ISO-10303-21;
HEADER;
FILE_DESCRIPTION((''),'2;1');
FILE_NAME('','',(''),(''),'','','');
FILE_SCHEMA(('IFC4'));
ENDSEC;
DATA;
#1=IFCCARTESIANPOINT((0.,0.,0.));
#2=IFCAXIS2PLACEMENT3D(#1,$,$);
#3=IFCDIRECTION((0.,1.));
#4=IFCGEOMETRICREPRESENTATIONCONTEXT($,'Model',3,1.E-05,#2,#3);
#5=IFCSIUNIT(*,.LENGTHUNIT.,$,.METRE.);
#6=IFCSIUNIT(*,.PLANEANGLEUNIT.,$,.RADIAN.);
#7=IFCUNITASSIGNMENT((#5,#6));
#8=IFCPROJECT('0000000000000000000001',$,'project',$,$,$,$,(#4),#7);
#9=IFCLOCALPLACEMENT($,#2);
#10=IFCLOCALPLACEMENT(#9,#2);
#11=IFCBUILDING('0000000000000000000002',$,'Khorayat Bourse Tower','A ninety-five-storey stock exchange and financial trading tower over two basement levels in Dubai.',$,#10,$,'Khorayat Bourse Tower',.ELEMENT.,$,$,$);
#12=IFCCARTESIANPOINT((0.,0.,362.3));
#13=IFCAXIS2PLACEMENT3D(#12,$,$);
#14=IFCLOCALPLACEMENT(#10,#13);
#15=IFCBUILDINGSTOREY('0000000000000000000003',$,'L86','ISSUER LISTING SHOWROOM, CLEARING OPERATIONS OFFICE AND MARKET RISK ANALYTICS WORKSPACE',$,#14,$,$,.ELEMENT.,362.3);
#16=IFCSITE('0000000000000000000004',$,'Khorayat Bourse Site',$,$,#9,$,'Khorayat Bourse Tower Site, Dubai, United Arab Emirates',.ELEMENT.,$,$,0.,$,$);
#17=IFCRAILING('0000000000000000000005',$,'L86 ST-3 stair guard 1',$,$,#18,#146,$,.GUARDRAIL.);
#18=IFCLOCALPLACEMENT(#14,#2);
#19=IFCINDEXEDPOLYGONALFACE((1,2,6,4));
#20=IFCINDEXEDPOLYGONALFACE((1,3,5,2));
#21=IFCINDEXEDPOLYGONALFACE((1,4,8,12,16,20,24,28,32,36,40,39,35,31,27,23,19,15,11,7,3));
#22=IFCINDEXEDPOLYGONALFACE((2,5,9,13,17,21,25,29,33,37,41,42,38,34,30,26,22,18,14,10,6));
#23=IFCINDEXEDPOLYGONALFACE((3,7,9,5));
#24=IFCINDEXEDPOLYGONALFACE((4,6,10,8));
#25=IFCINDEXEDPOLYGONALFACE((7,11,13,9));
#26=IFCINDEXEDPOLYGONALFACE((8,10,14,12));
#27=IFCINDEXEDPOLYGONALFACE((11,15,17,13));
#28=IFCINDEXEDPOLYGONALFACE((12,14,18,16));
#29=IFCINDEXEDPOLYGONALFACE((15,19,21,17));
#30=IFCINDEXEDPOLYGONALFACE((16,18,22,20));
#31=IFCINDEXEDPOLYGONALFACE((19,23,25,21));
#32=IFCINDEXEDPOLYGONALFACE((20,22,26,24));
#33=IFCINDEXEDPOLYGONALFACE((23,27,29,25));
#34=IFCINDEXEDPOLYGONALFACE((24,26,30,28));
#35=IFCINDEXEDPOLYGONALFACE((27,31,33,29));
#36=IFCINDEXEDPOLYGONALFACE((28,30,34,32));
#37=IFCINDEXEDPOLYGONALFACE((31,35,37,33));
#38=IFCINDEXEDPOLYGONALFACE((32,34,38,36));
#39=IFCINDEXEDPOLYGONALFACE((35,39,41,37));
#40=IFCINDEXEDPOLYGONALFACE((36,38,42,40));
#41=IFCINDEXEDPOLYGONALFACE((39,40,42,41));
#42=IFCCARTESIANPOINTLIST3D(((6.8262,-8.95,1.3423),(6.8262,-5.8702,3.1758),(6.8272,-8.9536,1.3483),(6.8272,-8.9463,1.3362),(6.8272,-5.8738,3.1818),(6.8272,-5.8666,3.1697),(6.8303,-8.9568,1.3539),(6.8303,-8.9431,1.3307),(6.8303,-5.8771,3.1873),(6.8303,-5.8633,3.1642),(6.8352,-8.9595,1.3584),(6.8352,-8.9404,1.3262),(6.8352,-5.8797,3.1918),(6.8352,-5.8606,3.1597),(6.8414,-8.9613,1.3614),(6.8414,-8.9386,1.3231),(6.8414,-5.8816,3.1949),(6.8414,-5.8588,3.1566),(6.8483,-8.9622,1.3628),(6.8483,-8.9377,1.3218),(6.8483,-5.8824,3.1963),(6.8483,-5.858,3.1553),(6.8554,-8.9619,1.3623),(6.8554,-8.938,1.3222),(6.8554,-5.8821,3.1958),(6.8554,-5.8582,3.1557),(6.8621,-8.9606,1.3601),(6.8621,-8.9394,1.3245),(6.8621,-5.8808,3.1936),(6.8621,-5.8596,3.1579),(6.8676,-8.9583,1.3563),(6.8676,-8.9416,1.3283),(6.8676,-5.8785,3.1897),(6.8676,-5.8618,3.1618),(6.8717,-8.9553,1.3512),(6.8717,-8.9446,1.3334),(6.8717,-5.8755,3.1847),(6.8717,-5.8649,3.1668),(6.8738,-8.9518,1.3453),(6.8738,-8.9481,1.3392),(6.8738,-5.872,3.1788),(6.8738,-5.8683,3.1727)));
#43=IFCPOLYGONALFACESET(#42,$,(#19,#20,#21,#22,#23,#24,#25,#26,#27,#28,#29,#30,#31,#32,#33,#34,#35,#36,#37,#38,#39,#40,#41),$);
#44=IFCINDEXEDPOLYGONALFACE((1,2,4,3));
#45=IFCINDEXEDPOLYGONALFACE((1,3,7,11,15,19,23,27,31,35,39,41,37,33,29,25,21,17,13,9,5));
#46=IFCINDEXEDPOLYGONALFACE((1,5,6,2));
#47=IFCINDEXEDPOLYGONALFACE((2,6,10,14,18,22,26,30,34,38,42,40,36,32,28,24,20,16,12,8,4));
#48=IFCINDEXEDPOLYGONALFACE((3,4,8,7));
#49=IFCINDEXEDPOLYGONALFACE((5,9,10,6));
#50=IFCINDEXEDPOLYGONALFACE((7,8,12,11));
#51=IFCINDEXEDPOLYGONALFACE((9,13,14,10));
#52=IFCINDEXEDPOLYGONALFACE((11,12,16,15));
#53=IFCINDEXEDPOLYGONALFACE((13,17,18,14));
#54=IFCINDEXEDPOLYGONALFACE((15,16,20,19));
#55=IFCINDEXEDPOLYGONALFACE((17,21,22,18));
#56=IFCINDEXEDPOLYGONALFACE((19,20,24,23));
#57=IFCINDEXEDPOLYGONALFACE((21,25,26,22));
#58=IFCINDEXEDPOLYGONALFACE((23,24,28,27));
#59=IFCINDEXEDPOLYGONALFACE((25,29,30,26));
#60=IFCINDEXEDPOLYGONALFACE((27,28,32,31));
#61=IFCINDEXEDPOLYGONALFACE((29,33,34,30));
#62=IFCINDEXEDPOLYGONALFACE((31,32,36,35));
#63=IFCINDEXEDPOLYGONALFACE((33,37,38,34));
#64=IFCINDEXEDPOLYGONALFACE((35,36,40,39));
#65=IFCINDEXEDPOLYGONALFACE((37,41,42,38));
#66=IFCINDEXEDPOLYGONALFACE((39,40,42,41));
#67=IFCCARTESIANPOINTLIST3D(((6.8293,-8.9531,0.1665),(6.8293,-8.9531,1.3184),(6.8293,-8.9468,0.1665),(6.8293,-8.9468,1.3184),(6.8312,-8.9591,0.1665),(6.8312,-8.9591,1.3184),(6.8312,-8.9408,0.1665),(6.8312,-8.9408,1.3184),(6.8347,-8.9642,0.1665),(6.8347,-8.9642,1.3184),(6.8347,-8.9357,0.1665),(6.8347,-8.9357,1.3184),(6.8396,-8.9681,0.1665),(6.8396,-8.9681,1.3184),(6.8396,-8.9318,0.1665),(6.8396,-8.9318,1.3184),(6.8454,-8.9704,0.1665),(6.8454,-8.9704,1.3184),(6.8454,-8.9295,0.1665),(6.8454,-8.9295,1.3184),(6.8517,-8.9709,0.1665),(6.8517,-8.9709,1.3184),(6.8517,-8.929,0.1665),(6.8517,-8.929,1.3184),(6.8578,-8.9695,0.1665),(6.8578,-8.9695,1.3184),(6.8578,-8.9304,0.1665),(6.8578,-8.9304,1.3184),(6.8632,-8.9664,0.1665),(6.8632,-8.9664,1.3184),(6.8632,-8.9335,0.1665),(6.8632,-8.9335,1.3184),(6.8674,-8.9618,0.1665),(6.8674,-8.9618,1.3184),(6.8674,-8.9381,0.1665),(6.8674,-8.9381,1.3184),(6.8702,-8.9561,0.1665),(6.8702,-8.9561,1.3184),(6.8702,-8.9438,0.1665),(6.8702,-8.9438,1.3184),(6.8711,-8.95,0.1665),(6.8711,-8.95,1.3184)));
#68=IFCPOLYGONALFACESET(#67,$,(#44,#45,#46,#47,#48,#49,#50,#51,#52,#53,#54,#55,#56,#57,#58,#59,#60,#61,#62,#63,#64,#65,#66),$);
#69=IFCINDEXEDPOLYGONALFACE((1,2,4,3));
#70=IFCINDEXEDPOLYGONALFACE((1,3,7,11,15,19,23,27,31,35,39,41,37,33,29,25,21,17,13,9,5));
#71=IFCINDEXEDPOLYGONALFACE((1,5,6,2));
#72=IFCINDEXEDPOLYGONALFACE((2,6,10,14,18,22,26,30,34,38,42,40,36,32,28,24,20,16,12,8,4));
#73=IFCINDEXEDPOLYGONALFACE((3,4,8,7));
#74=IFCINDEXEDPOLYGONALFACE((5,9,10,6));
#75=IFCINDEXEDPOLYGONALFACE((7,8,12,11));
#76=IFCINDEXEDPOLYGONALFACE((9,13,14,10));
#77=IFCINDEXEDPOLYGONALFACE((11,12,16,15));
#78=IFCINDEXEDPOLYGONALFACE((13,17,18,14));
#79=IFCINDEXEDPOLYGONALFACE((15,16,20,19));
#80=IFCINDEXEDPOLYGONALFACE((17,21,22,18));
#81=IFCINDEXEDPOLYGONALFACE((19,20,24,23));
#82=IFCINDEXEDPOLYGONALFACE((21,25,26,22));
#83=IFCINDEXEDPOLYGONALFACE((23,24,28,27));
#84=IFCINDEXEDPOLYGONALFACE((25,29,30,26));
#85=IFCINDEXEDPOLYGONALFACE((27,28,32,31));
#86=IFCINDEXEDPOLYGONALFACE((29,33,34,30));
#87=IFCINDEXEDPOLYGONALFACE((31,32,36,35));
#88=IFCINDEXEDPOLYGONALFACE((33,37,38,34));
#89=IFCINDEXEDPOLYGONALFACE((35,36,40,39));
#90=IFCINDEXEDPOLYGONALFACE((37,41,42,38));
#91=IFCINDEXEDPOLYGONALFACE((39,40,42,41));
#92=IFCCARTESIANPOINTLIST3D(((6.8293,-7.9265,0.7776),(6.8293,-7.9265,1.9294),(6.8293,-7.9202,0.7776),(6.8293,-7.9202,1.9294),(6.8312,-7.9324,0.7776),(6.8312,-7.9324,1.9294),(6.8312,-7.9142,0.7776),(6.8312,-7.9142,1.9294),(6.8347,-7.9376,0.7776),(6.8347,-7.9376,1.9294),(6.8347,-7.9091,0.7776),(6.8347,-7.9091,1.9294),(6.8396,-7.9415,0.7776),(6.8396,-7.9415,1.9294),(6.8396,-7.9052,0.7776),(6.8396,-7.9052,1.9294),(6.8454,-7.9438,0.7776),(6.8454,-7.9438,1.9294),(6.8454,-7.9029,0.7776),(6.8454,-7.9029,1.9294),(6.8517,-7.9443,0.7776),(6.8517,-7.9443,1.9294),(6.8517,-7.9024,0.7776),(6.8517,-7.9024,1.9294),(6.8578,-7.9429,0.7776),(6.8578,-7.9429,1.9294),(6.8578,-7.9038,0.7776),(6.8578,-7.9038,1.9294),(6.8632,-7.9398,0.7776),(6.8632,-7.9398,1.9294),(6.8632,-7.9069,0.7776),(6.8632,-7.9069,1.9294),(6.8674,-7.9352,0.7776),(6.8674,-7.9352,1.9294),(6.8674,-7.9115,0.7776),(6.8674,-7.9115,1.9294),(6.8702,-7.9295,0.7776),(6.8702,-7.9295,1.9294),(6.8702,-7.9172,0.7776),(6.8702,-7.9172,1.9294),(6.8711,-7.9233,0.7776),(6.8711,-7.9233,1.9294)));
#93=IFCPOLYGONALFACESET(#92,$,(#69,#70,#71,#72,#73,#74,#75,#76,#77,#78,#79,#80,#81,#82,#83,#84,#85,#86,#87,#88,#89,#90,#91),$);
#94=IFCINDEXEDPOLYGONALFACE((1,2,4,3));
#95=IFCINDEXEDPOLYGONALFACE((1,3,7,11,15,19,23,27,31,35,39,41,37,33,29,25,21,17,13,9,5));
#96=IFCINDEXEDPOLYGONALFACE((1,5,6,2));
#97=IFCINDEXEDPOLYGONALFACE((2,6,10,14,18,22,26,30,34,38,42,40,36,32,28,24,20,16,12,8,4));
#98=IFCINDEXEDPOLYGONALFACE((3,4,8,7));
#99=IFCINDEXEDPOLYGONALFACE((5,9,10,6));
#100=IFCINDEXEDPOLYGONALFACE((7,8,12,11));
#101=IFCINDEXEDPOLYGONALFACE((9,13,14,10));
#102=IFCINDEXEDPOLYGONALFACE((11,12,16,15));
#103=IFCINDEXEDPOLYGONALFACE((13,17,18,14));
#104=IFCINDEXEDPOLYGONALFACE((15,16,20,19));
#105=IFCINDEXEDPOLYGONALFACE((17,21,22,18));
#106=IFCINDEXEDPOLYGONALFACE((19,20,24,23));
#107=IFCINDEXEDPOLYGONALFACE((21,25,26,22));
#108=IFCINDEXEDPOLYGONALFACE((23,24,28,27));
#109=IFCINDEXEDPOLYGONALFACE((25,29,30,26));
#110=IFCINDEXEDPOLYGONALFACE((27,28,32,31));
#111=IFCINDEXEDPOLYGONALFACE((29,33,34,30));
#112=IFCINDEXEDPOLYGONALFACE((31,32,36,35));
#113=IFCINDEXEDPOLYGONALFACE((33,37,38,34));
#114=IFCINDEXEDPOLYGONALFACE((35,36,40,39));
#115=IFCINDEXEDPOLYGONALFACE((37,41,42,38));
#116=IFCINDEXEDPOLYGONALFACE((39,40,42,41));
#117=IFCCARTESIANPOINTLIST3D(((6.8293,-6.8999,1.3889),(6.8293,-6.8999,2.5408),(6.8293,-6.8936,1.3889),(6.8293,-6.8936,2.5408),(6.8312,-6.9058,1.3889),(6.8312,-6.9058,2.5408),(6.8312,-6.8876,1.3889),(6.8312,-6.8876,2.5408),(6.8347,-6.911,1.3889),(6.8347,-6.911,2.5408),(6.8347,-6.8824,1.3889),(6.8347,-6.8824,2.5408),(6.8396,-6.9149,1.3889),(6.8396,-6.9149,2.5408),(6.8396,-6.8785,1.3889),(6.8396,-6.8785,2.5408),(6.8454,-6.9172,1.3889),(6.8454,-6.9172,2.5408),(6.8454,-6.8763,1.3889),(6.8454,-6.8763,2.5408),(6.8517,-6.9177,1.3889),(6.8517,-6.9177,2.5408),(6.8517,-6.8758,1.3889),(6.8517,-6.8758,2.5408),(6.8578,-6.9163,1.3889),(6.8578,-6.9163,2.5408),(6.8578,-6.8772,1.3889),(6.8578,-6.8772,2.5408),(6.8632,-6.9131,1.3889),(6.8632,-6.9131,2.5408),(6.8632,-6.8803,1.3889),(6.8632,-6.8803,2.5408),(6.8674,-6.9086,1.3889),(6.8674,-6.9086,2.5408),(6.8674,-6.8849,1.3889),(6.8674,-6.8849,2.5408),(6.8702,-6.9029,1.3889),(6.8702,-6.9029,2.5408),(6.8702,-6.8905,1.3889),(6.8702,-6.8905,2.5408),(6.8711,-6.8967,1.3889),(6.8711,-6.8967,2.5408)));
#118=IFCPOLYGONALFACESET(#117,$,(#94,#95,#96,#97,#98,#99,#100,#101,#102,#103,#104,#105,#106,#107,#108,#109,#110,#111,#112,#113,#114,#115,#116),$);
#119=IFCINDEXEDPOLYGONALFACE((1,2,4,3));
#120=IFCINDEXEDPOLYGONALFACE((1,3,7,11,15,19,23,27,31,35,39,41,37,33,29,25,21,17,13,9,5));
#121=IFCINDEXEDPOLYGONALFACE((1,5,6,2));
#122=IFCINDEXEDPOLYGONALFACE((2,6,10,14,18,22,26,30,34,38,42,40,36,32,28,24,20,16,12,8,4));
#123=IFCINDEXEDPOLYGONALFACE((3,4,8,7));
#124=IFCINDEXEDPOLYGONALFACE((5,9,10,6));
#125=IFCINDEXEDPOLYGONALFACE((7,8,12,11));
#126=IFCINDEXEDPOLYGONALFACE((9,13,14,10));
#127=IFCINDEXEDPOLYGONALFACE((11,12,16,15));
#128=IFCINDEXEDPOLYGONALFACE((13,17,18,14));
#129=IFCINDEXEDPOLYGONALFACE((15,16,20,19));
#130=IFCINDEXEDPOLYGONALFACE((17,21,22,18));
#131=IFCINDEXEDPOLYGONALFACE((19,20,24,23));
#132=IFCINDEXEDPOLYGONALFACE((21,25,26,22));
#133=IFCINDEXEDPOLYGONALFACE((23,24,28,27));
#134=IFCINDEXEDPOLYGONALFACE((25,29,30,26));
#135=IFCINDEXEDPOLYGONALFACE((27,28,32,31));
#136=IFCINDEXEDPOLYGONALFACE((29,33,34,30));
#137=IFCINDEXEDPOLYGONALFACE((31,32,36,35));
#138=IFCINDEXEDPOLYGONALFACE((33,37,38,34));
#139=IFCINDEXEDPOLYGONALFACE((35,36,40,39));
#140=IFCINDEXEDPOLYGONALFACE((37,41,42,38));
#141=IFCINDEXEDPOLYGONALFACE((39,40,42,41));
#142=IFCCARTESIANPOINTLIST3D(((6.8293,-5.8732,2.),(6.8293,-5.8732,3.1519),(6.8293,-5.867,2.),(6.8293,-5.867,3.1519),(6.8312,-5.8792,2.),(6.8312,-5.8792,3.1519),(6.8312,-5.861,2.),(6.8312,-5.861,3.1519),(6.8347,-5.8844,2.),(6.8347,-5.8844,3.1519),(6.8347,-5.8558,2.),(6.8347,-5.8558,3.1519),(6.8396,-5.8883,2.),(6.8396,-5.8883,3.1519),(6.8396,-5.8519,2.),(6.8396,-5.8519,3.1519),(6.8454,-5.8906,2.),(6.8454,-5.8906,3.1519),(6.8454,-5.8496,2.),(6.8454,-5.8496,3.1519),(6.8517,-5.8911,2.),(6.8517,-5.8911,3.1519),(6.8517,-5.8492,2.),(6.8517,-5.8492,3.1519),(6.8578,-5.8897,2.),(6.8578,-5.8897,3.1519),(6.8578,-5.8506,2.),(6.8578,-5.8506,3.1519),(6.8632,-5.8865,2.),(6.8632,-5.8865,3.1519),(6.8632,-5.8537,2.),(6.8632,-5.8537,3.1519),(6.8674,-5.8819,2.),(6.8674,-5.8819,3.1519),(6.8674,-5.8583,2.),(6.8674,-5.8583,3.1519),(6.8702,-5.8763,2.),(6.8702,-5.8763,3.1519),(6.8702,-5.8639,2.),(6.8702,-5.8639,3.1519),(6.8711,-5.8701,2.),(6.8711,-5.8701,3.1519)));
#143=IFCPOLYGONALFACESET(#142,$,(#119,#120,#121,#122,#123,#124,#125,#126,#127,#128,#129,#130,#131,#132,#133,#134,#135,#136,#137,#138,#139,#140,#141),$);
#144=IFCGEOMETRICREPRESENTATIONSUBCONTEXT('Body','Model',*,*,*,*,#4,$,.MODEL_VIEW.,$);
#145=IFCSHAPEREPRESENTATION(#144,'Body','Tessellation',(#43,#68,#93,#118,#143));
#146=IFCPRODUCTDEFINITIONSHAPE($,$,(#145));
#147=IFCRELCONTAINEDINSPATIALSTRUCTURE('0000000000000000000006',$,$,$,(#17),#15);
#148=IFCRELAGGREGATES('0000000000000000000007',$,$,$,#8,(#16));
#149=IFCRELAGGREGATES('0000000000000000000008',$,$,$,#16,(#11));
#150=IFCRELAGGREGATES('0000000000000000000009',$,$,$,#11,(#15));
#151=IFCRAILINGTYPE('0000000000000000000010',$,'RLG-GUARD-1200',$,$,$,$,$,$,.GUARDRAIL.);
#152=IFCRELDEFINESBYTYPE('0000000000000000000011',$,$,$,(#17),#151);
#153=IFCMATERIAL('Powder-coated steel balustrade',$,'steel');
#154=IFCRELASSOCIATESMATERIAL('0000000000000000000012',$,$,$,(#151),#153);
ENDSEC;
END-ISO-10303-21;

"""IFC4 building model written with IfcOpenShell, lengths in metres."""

from ifc_helpers import new_model, si_unit, direction, frame, origin, origin_2d, place, context, subcontext, project, spatial, circle, extrude, source, transform, mapped, material, type_object, element, save


model = new_model("IFC4")

# Units and contexts
model_context = context("Model", 3, precision=1e-05, world=origin(), true_north=direction((0.0, 1.0)))
body_context = subcontext(model_context, "Body", "Model", "MODEL_VIEW")
ifc_project = project(units=[si_unit("LENGTHUNIT", "METRE"), si_unit("PLANEANGLEUNIT", "RADIAN")], contexts=[model_context])

# Site, building, storey
site_placement = place(None, origin())
site = spatial("IfcSite", under=ifc_project, at=site_placement, Name="Khorayat Bourse Site", LongName="Khorayat Bourse Tower Site, Dubai, United Arab Emirates", CompositionType="ELEMENT", RefElevation=0.0)
building_placement = place(site_placement, origin())
building = spatial("IfcBuilding", under=site, at=building_placement, Name="Khorayat Bourse Tower", Description="A ninety-five-storey stock exchange and financial trading tower over two basement levels in Dubai.", LongName="Khorayat Bourse Tower", CompositionType="ELEMENT")
storey_placement = place(building_placement, frame((0.0, 0.0, 362.3)))
storey = spatial("IfcBuildingStorey", under=building, at=storey_placement, Name="L86", Description="ISSUER LISTING SHOWROOM, CLEARING OPERATIONS OFFICE AND MARKET RISK ANALYTICS WORKSPACE", CompositionType="ELEMENT", Elevation=362.3)

# Railing
ifc_material_1 = material(Name="Powder-coated steel balustrade", Category="steel")
railing_type_1 = type_object("IfcRailingType", Name="RLG-GUARD-1200", PredefinedType="GUARDRAIL", material=ifc_material_1)
shared_shape_1 = source(origin(), body_context, "Body", "SweptSolid", [
    extrude(circle(Radius=0.0239, at=origin_2d()), frame((0.0, 0.0, 1.1758), z_axis=(0.0, 0.859261, 0.511538), x_axis=(-1.0, 0.0, 0.0)), (0.0, 0.0, 1.0), 3.5842),
    extrude(circle(Radius=0.021, at=origin_2d()), origin(), (0.0, 0.0, 1.0), 1.1519),
    extrude(circle(Radius=0.021, at=origin_2d()), frame((0.0, 1.0266, 0.6111)), (0.0, 0.0, 1.0), 1.1519),
    extrude(circle(Radius=0.021, at=origin_2d()), frame((0.0, 2.0532, 1.2224)), (0.0, 0.0, 1.0), 1.1519),
    extrude(circle(Radius=0.021, at=origin_2d()), frame((0.0, 3.0798, 1.8335)), (0.0, 0.0, 1.0), 1.1519),
])
railing_1_placement = place(storey_placement, frame((6.8501, -8.95, 0.1665)))
element("IfcRailing", 1, at=railing_1_placement, inside=storey, type_object=railing_type_1, Name="L86 ST-3 stair guard 1", PredefinedType="GUARDRAIL", context=body_context, shape_type="MappedRepresentation", body=[
    mapped(shared_shape_1, transform((0.0, 0.0, 0.0), scale=1.0)),
])

save(model, "model.ifc")
